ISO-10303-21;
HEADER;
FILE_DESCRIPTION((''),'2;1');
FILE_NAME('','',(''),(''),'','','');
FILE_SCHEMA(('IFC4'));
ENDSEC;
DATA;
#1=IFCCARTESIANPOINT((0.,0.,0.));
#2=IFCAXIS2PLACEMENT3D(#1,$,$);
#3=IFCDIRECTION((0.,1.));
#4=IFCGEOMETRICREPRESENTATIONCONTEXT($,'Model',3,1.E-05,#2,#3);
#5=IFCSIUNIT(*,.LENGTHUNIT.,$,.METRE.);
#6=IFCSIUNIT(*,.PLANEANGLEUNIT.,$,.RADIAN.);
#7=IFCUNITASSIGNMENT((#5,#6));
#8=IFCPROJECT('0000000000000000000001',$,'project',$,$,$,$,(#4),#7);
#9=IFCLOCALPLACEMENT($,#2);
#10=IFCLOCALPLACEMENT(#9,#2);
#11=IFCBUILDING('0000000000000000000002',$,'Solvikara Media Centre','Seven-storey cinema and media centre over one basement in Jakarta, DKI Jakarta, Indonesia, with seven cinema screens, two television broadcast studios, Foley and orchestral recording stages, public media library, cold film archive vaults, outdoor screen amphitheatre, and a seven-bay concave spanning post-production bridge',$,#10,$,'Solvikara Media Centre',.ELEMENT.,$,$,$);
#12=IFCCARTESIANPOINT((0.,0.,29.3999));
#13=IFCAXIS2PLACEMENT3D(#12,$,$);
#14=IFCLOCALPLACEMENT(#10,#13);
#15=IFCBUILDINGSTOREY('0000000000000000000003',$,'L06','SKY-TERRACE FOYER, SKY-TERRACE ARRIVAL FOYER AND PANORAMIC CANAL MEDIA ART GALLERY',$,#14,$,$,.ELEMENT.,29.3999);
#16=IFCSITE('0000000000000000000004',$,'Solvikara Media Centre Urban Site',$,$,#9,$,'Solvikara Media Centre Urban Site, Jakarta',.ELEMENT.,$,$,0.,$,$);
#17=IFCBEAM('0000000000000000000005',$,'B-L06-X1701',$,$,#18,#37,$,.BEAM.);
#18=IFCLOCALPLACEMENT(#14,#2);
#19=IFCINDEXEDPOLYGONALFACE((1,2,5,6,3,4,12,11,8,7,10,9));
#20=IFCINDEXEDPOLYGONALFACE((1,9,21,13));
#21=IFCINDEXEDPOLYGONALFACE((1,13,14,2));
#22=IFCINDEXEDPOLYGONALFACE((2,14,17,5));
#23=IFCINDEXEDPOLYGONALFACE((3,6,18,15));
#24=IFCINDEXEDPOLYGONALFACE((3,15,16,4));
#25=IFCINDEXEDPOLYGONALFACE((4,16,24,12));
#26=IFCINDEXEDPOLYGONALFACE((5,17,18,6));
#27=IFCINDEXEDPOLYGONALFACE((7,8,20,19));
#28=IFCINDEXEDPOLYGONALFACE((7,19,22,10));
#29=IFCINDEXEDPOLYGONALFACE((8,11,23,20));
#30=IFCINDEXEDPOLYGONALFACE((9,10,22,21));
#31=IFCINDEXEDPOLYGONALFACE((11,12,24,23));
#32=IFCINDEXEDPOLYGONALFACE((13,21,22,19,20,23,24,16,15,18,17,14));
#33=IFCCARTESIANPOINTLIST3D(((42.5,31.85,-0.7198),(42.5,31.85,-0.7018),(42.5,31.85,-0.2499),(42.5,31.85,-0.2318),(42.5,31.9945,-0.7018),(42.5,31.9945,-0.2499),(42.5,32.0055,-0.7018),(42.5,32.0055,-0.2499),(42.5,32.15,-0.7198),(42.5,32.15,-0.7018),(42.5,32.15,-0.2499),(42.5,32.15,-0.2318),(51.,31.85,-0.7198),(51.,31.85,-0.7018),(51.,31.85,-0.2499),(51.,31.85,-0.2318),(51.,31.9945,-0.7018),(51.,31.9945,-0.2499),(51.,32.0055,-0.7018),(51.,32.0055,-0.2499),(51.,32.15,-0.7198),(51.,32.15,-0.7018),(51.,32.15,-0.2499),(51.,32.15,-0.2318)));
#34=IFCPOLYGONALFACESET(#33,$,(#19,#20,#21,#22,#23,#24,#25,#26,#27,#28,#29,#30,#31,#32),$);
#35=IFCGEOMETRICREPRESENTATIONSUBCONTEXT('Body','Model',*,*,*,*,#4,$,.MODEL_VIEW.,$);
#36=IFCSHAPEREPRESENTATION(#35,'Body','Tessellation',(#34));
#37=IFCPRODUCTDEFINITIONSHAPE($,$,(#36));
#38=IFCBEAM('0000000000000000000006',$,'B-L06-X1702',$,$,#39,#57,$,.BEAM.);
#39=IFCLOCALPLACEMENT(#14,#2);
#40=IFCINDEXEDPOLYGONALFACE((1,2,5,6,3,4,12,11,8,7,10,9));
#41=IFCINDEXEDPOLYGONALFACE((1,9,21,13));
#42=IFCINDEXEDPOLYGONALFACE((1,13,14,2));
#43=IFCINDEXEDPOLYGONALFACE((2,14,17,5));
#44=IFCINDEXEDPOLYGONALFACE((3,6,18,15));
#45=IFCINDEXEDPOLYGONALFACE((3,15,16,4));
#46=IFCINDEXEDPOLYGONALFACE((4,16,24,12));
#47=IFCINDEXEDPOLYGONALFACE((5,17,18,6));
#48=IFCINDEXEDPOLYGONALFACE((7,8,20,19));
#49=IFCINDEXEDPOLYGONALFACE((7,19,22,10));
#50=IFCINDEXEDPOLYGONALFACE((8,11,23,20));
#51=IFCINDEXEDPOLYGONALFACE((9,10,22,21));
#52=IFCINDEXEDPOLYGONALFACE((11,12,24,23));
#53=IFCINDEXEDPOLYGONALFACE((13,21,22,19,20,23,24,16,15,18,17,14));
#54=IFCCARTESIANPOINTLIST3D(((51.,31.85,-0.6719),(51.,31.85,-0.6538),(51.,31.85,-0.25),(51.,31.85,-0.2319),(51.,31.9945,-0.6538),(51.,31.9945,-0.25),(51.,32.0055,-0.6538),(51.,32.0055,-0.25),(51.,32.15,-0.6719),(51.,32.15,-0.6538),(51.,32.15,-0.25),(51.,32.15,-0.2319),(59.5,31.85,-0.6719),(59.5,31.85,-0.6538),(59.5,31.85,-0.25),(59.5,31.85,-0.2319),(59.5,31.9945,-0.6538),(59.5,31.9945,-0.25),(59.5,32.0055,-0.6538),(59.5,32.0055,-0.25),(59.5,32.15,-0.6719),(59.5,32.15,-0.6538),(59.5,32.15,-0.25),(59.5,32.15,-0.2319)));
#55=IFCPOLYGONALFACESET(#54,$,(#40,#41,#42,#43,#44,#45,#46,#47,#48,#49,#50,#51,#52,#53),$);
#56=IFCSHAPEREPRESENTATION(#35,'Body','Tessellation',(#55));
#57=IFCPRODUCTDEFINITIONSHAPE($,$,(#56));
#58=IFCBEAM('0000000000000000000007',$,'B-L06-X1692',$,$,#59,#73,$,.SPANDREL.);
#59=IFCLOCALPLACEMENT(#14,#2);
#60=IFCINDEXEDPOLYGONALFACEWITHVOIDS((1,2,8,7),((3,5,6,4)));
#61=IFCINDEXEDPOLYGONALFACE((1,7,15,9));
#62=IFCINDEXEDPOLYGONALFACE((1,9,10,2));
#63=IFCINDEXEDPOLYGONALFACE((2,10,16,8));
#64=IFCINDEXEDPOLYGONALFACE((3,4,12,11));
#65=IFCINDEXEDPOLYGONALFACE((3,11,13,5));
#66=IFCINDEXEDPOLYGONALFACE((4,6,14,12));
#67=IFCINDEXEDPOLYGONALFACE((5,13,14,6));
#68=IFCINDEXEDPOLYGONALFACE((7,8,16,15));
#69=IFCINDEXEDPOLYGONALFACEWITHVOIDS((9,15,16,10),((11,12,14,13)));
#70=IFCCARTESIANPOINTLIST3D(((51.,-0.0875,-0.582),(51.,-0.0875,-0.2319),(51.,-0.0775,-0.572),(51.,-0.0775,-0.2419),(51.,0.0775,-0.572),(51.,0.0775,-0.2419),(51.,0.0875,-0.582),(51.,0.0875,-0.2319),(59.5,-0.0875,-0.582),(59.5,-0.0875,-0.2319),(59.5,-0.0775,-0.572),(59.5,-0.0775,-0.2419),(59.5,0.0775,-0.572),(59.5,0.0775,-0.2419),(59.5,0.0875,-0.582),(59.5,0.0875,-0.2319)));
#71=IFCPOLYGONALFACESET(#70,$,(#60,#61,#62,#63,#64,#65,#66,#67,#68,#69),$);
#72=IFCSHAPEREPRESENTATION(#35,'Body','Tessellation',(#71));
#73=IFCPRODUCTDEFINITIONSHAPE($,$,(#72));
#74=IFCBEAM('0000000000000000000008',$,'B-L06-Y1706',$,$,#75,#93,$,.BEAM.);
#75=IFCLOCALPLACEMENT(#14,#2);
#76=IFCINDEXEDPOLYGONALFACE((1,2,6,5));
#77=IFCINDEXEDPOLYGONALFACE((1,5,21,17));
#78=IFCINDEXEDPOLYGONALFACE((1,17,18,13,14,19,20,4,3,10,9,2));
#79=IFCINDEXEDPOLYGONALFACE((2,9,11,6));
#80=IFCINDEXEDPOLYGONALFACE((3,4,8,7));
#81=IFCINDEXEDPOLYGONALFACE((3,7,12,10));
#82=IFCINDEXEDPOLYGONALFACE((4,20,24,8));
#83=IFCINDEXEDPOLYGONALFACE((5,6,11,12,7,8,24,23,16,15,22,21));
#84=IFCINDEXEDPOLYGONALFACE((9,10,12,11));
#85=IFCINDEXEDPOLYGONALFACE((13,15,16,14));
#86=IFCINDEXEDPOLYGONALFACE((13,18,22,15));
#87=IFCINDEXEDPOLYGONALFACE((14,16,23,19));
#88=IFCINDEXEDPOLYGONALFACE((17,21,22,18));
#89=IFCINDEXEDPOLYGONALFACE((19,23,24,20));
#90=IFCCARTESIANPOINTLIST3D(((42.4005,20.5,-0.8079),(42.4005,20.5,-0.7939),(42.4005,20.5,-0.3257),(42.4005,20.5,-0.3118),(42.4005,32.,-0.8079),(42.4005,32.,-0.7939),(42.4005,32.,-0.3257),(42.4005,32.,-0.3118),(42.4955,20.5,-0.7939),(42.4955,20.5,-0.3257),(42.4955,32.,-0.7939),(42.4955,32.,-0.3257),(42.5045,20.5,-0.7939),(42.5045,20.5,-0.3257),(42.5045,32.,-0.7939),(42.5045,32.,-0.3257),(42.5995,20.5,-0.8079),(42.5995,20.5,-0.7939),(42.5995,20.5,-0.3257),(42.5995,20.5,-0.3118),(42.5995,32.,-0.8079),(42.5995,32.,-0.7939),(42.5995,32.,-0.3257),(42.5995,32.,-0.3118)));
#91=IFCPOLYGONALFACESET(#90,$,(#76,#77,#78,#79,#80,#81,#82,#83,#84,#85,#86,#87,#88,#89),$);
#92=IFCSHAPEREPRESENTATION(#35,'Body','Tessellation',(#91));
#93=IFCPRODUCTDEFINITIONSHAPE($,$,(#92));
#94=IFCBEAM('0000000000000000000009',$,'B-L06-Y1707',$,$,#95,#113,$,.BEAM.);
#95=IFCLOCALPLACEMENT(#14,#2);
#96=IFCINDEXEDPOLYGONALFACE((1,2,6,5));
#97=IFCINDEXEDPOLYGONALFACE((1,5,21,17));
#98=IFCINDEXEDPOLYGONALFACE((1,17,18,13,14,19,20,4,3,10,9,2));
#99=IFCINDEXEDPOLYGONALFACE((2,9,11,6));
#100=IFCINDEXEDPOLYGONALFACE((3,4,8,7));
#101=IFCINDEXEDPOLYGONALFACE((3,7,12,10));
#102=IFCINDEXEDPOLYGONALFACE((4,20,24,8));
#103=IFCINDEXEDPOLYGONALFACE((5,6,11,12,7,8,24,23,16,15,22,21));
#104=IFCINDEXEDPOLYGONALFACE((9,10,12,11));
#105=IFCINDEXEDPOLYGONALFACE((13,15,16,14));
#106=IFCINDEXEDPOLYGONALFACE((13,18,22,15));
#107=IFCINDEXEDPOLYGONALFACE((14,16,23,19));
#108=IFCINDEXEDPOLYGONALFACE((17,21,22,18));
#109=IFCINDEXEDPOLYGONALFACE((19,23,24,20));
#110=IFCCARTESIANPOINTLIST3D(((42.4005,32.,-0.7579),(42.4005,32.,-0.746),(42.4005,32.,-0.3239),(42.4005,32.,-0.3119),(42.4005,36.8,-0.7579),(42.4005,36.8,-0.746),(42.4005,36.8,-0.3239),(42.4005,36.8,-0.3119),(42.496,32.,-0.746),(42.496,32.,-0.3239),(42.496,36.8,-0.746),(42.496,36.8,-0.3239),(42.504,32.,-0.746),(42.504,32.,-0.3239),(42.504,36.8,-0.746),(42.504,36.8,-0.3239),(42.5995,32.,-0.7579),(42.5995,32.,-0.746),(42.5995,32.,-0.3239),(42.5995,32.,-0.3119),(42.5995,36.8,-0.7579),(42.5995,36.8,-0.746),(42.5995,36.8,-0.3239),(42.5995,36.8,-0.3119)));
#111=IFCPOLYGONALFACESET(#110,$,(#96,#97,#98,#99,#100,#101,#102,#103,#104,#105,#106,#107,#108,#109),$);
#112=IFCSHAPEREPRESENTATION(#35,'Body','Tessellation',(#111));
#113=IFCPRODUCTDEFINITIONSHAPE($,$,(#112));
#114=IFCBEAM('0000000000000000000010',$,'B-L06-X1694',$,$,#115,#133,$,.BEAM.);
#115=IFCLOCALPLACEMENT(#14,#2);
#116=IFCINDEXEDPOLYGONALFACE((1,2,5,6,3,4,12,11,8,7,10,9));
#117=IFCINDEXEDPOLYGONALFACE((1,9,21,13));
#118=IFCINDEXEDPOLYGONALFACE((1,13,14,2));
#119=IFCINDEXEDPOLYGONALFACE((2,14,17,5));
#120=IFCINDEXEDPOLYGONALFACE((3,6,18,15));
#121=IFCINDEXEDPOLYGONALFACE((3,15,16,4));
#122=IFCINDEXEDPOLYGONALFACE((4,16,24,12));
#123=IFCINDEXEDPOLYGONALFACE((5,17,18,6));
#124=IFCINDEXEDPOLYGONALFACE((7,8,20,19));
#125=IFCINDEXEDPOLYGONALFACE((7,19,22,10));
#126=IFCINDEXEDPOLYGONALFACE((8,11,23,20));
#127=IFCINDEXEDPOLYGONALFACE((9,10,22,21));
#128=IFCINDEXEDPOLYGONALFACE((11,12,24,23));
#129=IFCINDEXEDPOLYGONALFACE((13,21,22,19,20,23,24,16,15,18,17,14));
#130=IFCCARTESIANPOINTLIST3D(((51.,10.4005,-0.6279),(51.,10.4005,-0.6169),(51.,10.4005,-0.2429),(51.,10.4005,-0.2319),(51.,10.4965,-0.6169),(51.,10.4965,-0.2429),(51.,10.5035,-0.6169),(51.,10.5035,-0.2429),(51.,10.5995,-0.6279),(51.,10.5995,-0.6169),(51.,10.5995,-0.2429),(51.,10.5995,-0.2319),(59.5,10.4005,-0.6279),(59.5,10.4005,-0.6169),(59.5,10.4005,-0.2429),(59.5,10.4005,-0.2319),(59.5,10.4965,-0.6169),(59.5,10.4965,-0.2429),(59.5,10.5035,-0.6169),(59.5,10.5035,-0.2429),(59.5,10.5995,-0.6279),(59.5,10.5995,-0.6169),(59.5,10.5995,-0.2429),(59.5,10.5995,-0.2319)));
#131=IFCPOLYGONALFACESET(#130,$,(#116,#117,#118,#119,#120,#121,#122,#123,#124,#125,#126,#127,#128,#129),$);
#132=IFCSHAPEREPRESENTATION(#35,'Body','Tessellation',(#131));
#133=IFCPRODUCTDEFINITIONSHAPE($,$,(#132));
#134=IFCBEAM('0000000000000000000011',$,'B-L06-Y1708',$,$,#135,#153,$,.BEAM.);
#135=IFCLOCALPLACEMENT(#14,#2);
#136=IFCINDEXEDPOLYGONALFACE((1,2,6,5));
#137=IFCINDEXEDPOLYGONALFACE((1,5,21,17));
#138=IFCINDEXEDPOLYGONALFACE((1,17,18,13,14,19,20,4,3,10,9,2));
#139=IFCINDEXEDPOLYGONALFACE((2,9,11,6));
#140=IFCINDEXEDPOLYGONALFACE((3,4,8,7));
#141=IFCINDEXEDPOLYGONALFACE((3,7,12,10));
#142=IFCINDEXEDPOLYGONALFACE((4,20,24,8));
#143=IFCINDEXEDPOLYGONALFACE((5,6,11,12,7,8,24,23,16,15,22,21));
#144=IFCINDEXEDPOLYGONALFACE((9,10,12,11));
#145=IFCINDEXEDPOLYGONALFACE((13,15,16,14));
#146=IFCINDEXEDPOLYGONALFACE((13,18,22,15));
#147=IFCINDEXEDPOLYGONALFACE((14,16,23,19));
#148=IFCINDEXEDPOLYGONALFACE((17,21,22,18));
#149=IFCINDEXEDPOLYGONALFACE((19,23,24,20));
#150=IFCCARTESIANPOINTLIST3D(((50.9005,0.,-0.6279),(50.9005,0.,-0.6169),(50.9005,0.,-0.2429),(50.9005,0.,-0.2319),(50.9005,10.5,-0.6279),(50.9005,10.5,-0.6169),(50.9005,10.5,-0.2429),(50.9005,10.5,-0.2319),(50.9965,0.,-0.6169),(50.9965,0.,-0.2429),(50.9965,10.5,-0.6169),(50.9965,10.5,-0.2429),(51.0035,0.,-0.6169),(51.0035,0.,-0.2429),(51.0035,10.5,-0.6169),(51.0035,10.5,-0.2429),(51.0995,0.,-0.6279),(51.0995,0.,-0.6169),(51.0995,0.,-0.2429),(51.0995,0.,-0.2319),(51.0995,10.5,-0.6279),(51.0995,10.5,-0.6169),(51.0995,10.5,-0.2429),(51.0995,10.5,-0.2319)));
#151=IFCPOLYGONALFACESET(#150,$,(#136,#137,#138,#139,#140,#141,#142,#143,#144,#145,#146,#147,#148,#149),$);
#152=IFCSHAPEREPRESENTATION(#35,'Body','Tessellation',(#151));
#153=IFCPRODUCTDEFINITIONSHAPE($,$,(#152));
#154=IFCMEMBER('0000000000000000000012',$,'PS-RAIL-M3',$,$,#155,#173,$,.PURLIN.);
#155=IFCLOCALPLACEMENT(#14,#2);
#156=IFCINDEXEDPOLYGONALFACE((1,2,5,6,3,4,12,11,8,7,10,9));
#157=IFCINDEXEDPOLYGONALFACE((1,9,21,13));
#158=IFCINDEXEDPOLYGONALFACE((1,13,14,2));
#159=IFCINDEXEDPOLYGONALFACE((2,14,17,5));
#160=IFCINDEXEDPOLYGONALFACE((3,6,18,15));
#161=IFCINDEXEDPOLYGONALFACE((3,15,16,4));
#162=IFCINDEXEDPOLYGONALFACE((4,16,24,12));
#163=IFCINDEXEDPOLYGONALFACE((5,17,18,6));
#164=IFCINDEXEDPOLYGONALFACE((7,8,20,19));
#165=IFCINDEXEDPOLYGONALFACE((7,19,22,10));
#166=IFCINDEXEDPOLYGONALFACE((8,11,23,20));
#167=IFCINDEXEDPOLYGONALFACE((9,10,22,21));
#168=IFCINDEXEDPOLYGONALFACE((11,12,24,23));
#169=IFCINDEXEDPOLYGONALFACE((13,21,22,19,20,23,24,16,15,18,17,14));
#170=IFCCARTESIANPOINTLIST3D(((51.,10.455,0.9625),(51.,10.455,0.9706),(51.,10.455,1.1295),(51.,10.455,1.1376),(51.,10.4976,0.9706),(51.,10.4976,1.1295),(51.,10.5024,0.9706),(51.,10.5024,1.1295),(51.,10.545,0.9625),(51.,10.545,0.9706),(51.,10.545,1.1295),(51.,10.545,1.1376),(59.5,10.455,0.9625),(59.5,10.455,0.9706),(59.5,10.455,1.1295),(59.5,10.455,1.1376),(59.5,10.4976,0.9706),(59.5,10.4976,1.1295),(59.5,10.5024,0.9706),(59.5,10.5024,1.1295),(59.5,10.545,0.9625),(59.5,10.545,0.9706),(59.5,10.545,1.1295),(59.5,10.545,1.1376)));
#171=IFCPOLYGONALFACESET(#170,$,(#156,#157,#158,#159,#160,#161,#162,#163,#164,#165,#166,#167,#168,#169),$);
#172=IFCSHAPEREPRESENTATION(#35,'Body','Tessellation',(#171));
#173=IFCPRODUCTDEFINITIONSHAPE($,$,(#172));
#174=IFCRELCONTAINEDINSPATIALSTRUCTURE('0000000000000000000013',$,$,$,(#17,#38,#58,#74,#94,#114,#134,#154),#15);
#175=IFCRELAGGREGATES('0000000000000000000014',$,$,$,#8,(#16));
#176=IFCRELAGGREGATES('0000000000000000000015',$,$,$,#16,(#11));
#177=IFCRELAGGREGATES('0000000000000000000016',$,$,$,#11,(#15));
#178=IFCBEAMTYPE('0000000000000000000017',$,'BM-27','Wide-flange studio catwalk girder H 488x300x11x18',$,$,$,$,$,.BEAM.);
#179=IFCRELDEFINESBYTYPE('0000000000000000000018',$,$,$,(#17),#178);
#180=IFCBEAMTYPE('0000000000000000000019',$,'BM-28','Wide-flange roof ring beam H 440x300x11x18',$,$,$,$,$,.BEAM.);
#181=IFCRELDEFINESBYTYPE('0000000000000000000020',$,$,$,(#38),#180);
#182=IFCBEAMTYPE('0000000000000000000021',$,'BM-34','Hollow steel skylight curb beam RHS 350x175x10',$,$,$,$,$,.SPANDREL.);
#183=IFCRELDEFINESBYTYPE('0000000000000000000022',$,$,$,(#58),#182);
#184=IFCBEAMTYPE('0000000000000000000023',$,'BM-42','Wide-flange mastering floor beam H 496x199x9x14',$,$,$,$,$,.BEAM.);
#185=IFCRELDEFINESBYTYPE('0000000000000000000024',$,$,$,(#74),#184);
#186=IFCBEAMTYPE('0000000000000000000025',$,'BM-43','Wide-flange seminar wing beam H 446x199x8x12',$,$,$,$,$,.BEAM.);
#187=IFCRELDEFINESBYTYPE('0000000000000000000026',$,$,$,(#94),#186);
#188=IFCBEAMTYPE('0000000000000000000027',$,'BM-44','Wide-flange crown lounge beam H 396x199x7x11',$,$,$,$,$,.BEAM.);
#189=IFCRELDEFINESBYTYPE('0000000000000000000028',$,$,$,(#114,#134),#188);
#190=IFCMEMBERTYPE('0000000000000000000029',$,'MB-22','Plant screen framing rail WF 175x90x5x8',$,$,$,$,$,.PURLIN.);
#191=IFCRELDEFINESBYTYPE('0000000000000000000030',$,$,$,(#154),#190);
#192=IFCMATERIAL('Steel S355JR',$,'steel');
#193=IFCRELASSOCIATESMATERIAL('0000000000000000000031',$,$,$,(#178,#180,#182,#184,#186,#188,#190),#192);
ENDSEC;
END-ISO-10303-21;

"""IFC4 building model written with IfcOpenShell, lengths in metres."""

from ifc_helpers import new_model, si_unit, direction, frame, origin, origin_2d, place, context, subcontext, project, spatial, hollow_rectangle, i_section, extrude, material, material_profile, profile_set, type_object, element, save


model = new_model("IFC4")

# Units and contexts
model_context = context("Model", 3, precision=1e-05, world=origin(), true_north=direction((0.0, 1.0)))
body_context = subcontext(model_context, "Body", "Model", "MODEL_VIEW")
ifc_project = project(units=[si_unit("LENGTHUNIT", "METRE"), si_unit("PLANEANGLEUNIT", "RADIAN")], contexts=[model_context])

# Site, building, storey
site_placement = place(None, origin())
site = spatial("IfcSite", under=ifc_project, at=site_placement, Name="Solvikara Media Centre Urban Site", LongName="Solvikara Media Centre Urban Site, Jakarta", CompositionType="ELEMENT", RefElevation=0.0)
building_placement = place(site_placement, origin())
building = spatial("IfcBuilding", under=site, at=building_placement, Name="Solvikara Media Centre", Description="Seven-storey cinema and media centre over one basement in Jakarta, DKI Jakarta, Indonesia, with seven cinema screens, two television broadcast studios, Foley and orchestral recording stages, public media library, cold film archive vaults, outdoor screen amphitheatre, and a seven-bay concave spanning post-production bridge", LongName="Solvikara Media Centre", CompositionType="ELEMENT")
storey_placement = place(building_placement, frame((0.0, 0.0, 29.3999)))
storey = spatial("IfcBuildingStorey", under=building, at=storey_placement, Name="L06", Description="SKY-TERRACE FOYER, SKY-TERRACE ARRIVAL FOYER AND PANORAMIC CANAL MEDIA ART GALLERY", CompositionType="ELEMENT", Elevation=29.3999)

# Beams
ifc_material = material(Name="Steel S355JR", Category="steel")
ifc_material_profile_1 = material_profile(ifc_material, i_section(OverallWidth=0.3, OverallDepth=0.488, WebThickness=0.011, FlangeThickness=0.0181, at=origin_2d()), Name="H 488x300x11x18")
ifc_profile_set_1 = profile_set([ifc_material_profile_1], Name="Steel S355JR")
beam_type_1 = type_object("IfcBeamType", Name="BM-27", Description="Wide-flange studio catwalk girder H 488x300x11x18", PredefinedType="BEAM", material=ifc_profile_set_1)
beam_1_placement = place(storey_placement, frame((42.5, 32.0, -0.4758), z_axis=(1.0, 0.0, 0.0), x_axis=(0.0, 1.0, 0.0)))
element("IfcBeam", 1, at=beam_1_placement, inside=storey, type_object=beam_type_1, Name="B-L06-X1701", PredefinedType="BEAM", context=body_context, shape_type="SweptSolid", body=[
    extrude(i_section(OverallWidth=0.3, OverallDepth=0.488, WebThickness=0.011, FlangeThickness=0.0181, at=origin_2d()), origin(), (0.0, 0.0, 1.0), 8.5),
])
ifc_material_profile_2 = material_profile(ifc_material, i_section(OverallWidth=0.3, OverallDepth=0.4399, WebThickness=0.011, FlangeThickness=0.0181, at=origin_2d()), Name="H 440x300x11x18")
ifc_profile_set_2 = profile_set([ifc_material_profile_2], Name="Steel S355JR")
beam_type_2 = type_object("IfcBeamType", Name="BM-28", Description="Wide-flange roof ring beam H 440x300x11x18", PredefinedType="BEAM", material=ifc_profile_set_2)
beam_2_placement = place(storey_placement, frame((51.0, 32.0, -0.4519), z_axis=(1.0, 0.0, 0.0), x_axis=(0.0, 1.0, 0.0)))
element("IfcBeam", 2, at=beam_2_placement, inside=storey, type_object=beam_type_2, Name="B-L06-X1702", PredefinedType="BEAM", context=body_context, shape_type="SweptSolid", body=[
    extrude(i_section(OverallWidth=0.3, OverallDepth=0.4399, WebThickness=0.011, FlangeThickness=0.0181, at=origin_2d()), origin(), (0.0, 0.0, 1.0), 8.5),
])
ifc_material_profile_3 = material_profile(ifc_material, hollow_rectangle(XDim=0.175, YDim=0.3501, WallThickness=0.01, at=origin_2d()), Name="RHS 350x175x10")
ifc_profile_set_3 = profile_set([ifc_material_profile_3], Name="Steel S355JR")
beam_type_3 = type_object("IfcBeamType", Name="BM-34", Description="Hollow steel skylight curb beam RHS 350x175x10", PredefinedType="SPANDREL", material=ifc_profile_set_3)
beam_3_placement = place(storey_placement, frame((51.0, 0.0, -0.407), z_axis=(1.0, 0.0, 0.0), x_axis=(0.0, 1.0, 0.0)))
element("IfcBeam", 3, at=beam_3_placement, inside=storey, type_object=beam_type_3, Name="B-L06-X1692", PredefinedType="SPANDREL", context=body_context, shape_type="SweptSolid", body=[
    extrude(hollow_rectangle(XDim=0.175, YDim=0.3501, WallThickness=0.01, at=origin_2d()), origin(), (0.0, 0.0, 1.0), 8.5),
])
ifc_material_profile_4 = material_profile(ifc_material, i_section(OverallWidth=0.199, OverallDepth=0.4961, WebThickness=0.009, FlangeThickness=0.0139, at=origin_2d()), Name="H 496x199x9x14")
ifc_profile_set_4 = profile_set([ifc_material_profile_4], Name="Steel S355JR")
beam_type_4 = type_object("IfcBeamType", Name="BM-42", Description="Wide-flange mastering floor beam H 496x199x9x14", PredefinedType="BEAM", material=ifc_profile_set_4)
beam_4_placement = place(storey_placement, frame((42.5, 20.5, -0.5598), z_axis=(0.0, 1.0, 0.0), x_axis=(-1.0, 0.0, 0.0)))
element("IfcBeam", 4, at=beam_4_placement, inside=storey, type_object=beam_type_4, Name="B-L06-Y1706", PredefinedType="BEAM", context=body_context, shape_type="SweptSolid", body=[
    extrude(i_section(OverallWidth=0.199, OverallDepth=0.4961, WebThickness=0.009, FlangeThickness=0.0139, at=origin_2d()), origin(), (0.0, 0.0, 1.0), 11.5),
])
ifc_material_profile_5 = material_profile(ifc_material, i_section(OverallWidth=0.199, OverallDepth=0.446, WebThickness=0.0081, FlangeThickness=0.012, at=origin_2d()), Name="H 446x199x8x12")
ifc_profile_set_5 = profile_set([ifc_material_profile_5], Name="Steel S355JR")
beam_type_5 = type_object("IfcBeamType", Name="BM-43", Description="Wide-flange seminar wing beam H 446x199x8x12", PredefinedType="BEAM", material=ifc_profile_set_5)
beam_5_placement = place(storey_placement, frame((42.5, 32.0, -0.5349), z_axis=(0.0, 1.0, 0.0), x_axis=(-1.0, 0.0, 0.0)))
element("IfcBeam", 5, at=beam_5_placement, inside=storey, type_object=beam_type_5, Name="B-L06-Y1707", PredefinedType="BEAM", context=body_context, shape_type="SweptSolid", body=[
    extrude(i_section(OverallWidth=0.199, OverallDepth=0.446, WebThickness=0.0081, FlangeThickness=0.012, at=origin_2d()), origin(), (0.0, 0.0, 1.0), 4.8),
])
ifc_material_profile_6 = material_profile(ifc_material, i_section(OverallWidth=0.199, OverallDepth=0.396, WebThickness=0.0071, FlangeThickness=0.011, at=origin_2d()), Name="H 396x199x7x11")
ifc_profile_set_6 = profile_set([ifc_material_profile_6], Name="Steel S355JR")
beam_type_6 = type_object("IfcBeamType", Name="BM-44", Description="Wide-flange crown lounge beam H 396x199x7x11", PredefinedType="BEAM", material=ifc_profile_set_6)
beam_6_placement = place(storey_placement, frame((51.0, 10.5, -0.4299), z_axis=(1.0, 0.0, 0.0), x_axis=(0.0, 1.0, 0.0)))
element("IfcBeam", 6, at=beam_6_placement, inside=storey, type_object=beam_type_6, Name="B-L06-X1694", PredefinedType="BEAM", context=body_context, shape_type="SweptSolid", body=[
    extrude(i_section(OverallWidth=0.199, OverallDepth=0.396, WebThickness=0.0071, FlangeThickness=0.011, at=origin_2d()), origin(), (0.0, 0.0, 1.0), 8.5),
])
beam_7_placement = place(storey_placement, frame((51.0, 0.0, -0.4299), z_axis=(0.0, 1.0, 0.0), x_axis=(-1.0, 0.0, 0.0)))
element("IfcBeam", 7, at=beam_7_placement, inside=storey, type_object=beam_type_6, Name="B-L06-Y1708", PredefinedType="BEAM", context=body_context, shape_type="SweptSolid", body=[
    extrude(i_section(OverallWidth=0.199, OverallDepth=0.396, WebThickness=0.0071, FlangeThickness=0.011, at=origin_2d()), origin(), (0.0, 0.0, 1.0), 10.5),
])

# Member
ifc_material_profile_7 = material_profile(ifc_material, i_section(OverallWidth=0.0901, OverallDepth=0.175, WebThickness=0.0049, FlangeThickness=0.0081, at=origin_2d()), Name="WF 175x90x5x8")
ifc_profile_set_7 = profile_set([ifc_material_profile_7], Name="Steel S355JR")
member_type_1 = type_object("IfcMemberType", Name="MB-22", Description="Plant screen framing rail WF 175x90x5x8", PredefinedType="PURLIN", material=ifc_profile_set_7)
member_1_placement = place(storey_placement, frame((51.0, 10.5, 1.05), z_axis=(1.0, 0.0, 0.0), x_axis=(0.0, 1.0, 0.0)))
element("IfcMember", 8, at=member_1_placement, inside=storey, type_object=member_type_1, Name="PS-RAIL-M3", PredefinedType="PURLIN", context=body_context, shape_type="SweptSolid", body=[
    extrude(i_section(OverallWidth=0.0901, OverallDepth=0.175, WebThickness=0.0049, FlangeThickness=0.0081, at=origin_2d()), origin(), (0.0, 0.0, 1.0), 8.5),
])

save(model, "model.ifc")
